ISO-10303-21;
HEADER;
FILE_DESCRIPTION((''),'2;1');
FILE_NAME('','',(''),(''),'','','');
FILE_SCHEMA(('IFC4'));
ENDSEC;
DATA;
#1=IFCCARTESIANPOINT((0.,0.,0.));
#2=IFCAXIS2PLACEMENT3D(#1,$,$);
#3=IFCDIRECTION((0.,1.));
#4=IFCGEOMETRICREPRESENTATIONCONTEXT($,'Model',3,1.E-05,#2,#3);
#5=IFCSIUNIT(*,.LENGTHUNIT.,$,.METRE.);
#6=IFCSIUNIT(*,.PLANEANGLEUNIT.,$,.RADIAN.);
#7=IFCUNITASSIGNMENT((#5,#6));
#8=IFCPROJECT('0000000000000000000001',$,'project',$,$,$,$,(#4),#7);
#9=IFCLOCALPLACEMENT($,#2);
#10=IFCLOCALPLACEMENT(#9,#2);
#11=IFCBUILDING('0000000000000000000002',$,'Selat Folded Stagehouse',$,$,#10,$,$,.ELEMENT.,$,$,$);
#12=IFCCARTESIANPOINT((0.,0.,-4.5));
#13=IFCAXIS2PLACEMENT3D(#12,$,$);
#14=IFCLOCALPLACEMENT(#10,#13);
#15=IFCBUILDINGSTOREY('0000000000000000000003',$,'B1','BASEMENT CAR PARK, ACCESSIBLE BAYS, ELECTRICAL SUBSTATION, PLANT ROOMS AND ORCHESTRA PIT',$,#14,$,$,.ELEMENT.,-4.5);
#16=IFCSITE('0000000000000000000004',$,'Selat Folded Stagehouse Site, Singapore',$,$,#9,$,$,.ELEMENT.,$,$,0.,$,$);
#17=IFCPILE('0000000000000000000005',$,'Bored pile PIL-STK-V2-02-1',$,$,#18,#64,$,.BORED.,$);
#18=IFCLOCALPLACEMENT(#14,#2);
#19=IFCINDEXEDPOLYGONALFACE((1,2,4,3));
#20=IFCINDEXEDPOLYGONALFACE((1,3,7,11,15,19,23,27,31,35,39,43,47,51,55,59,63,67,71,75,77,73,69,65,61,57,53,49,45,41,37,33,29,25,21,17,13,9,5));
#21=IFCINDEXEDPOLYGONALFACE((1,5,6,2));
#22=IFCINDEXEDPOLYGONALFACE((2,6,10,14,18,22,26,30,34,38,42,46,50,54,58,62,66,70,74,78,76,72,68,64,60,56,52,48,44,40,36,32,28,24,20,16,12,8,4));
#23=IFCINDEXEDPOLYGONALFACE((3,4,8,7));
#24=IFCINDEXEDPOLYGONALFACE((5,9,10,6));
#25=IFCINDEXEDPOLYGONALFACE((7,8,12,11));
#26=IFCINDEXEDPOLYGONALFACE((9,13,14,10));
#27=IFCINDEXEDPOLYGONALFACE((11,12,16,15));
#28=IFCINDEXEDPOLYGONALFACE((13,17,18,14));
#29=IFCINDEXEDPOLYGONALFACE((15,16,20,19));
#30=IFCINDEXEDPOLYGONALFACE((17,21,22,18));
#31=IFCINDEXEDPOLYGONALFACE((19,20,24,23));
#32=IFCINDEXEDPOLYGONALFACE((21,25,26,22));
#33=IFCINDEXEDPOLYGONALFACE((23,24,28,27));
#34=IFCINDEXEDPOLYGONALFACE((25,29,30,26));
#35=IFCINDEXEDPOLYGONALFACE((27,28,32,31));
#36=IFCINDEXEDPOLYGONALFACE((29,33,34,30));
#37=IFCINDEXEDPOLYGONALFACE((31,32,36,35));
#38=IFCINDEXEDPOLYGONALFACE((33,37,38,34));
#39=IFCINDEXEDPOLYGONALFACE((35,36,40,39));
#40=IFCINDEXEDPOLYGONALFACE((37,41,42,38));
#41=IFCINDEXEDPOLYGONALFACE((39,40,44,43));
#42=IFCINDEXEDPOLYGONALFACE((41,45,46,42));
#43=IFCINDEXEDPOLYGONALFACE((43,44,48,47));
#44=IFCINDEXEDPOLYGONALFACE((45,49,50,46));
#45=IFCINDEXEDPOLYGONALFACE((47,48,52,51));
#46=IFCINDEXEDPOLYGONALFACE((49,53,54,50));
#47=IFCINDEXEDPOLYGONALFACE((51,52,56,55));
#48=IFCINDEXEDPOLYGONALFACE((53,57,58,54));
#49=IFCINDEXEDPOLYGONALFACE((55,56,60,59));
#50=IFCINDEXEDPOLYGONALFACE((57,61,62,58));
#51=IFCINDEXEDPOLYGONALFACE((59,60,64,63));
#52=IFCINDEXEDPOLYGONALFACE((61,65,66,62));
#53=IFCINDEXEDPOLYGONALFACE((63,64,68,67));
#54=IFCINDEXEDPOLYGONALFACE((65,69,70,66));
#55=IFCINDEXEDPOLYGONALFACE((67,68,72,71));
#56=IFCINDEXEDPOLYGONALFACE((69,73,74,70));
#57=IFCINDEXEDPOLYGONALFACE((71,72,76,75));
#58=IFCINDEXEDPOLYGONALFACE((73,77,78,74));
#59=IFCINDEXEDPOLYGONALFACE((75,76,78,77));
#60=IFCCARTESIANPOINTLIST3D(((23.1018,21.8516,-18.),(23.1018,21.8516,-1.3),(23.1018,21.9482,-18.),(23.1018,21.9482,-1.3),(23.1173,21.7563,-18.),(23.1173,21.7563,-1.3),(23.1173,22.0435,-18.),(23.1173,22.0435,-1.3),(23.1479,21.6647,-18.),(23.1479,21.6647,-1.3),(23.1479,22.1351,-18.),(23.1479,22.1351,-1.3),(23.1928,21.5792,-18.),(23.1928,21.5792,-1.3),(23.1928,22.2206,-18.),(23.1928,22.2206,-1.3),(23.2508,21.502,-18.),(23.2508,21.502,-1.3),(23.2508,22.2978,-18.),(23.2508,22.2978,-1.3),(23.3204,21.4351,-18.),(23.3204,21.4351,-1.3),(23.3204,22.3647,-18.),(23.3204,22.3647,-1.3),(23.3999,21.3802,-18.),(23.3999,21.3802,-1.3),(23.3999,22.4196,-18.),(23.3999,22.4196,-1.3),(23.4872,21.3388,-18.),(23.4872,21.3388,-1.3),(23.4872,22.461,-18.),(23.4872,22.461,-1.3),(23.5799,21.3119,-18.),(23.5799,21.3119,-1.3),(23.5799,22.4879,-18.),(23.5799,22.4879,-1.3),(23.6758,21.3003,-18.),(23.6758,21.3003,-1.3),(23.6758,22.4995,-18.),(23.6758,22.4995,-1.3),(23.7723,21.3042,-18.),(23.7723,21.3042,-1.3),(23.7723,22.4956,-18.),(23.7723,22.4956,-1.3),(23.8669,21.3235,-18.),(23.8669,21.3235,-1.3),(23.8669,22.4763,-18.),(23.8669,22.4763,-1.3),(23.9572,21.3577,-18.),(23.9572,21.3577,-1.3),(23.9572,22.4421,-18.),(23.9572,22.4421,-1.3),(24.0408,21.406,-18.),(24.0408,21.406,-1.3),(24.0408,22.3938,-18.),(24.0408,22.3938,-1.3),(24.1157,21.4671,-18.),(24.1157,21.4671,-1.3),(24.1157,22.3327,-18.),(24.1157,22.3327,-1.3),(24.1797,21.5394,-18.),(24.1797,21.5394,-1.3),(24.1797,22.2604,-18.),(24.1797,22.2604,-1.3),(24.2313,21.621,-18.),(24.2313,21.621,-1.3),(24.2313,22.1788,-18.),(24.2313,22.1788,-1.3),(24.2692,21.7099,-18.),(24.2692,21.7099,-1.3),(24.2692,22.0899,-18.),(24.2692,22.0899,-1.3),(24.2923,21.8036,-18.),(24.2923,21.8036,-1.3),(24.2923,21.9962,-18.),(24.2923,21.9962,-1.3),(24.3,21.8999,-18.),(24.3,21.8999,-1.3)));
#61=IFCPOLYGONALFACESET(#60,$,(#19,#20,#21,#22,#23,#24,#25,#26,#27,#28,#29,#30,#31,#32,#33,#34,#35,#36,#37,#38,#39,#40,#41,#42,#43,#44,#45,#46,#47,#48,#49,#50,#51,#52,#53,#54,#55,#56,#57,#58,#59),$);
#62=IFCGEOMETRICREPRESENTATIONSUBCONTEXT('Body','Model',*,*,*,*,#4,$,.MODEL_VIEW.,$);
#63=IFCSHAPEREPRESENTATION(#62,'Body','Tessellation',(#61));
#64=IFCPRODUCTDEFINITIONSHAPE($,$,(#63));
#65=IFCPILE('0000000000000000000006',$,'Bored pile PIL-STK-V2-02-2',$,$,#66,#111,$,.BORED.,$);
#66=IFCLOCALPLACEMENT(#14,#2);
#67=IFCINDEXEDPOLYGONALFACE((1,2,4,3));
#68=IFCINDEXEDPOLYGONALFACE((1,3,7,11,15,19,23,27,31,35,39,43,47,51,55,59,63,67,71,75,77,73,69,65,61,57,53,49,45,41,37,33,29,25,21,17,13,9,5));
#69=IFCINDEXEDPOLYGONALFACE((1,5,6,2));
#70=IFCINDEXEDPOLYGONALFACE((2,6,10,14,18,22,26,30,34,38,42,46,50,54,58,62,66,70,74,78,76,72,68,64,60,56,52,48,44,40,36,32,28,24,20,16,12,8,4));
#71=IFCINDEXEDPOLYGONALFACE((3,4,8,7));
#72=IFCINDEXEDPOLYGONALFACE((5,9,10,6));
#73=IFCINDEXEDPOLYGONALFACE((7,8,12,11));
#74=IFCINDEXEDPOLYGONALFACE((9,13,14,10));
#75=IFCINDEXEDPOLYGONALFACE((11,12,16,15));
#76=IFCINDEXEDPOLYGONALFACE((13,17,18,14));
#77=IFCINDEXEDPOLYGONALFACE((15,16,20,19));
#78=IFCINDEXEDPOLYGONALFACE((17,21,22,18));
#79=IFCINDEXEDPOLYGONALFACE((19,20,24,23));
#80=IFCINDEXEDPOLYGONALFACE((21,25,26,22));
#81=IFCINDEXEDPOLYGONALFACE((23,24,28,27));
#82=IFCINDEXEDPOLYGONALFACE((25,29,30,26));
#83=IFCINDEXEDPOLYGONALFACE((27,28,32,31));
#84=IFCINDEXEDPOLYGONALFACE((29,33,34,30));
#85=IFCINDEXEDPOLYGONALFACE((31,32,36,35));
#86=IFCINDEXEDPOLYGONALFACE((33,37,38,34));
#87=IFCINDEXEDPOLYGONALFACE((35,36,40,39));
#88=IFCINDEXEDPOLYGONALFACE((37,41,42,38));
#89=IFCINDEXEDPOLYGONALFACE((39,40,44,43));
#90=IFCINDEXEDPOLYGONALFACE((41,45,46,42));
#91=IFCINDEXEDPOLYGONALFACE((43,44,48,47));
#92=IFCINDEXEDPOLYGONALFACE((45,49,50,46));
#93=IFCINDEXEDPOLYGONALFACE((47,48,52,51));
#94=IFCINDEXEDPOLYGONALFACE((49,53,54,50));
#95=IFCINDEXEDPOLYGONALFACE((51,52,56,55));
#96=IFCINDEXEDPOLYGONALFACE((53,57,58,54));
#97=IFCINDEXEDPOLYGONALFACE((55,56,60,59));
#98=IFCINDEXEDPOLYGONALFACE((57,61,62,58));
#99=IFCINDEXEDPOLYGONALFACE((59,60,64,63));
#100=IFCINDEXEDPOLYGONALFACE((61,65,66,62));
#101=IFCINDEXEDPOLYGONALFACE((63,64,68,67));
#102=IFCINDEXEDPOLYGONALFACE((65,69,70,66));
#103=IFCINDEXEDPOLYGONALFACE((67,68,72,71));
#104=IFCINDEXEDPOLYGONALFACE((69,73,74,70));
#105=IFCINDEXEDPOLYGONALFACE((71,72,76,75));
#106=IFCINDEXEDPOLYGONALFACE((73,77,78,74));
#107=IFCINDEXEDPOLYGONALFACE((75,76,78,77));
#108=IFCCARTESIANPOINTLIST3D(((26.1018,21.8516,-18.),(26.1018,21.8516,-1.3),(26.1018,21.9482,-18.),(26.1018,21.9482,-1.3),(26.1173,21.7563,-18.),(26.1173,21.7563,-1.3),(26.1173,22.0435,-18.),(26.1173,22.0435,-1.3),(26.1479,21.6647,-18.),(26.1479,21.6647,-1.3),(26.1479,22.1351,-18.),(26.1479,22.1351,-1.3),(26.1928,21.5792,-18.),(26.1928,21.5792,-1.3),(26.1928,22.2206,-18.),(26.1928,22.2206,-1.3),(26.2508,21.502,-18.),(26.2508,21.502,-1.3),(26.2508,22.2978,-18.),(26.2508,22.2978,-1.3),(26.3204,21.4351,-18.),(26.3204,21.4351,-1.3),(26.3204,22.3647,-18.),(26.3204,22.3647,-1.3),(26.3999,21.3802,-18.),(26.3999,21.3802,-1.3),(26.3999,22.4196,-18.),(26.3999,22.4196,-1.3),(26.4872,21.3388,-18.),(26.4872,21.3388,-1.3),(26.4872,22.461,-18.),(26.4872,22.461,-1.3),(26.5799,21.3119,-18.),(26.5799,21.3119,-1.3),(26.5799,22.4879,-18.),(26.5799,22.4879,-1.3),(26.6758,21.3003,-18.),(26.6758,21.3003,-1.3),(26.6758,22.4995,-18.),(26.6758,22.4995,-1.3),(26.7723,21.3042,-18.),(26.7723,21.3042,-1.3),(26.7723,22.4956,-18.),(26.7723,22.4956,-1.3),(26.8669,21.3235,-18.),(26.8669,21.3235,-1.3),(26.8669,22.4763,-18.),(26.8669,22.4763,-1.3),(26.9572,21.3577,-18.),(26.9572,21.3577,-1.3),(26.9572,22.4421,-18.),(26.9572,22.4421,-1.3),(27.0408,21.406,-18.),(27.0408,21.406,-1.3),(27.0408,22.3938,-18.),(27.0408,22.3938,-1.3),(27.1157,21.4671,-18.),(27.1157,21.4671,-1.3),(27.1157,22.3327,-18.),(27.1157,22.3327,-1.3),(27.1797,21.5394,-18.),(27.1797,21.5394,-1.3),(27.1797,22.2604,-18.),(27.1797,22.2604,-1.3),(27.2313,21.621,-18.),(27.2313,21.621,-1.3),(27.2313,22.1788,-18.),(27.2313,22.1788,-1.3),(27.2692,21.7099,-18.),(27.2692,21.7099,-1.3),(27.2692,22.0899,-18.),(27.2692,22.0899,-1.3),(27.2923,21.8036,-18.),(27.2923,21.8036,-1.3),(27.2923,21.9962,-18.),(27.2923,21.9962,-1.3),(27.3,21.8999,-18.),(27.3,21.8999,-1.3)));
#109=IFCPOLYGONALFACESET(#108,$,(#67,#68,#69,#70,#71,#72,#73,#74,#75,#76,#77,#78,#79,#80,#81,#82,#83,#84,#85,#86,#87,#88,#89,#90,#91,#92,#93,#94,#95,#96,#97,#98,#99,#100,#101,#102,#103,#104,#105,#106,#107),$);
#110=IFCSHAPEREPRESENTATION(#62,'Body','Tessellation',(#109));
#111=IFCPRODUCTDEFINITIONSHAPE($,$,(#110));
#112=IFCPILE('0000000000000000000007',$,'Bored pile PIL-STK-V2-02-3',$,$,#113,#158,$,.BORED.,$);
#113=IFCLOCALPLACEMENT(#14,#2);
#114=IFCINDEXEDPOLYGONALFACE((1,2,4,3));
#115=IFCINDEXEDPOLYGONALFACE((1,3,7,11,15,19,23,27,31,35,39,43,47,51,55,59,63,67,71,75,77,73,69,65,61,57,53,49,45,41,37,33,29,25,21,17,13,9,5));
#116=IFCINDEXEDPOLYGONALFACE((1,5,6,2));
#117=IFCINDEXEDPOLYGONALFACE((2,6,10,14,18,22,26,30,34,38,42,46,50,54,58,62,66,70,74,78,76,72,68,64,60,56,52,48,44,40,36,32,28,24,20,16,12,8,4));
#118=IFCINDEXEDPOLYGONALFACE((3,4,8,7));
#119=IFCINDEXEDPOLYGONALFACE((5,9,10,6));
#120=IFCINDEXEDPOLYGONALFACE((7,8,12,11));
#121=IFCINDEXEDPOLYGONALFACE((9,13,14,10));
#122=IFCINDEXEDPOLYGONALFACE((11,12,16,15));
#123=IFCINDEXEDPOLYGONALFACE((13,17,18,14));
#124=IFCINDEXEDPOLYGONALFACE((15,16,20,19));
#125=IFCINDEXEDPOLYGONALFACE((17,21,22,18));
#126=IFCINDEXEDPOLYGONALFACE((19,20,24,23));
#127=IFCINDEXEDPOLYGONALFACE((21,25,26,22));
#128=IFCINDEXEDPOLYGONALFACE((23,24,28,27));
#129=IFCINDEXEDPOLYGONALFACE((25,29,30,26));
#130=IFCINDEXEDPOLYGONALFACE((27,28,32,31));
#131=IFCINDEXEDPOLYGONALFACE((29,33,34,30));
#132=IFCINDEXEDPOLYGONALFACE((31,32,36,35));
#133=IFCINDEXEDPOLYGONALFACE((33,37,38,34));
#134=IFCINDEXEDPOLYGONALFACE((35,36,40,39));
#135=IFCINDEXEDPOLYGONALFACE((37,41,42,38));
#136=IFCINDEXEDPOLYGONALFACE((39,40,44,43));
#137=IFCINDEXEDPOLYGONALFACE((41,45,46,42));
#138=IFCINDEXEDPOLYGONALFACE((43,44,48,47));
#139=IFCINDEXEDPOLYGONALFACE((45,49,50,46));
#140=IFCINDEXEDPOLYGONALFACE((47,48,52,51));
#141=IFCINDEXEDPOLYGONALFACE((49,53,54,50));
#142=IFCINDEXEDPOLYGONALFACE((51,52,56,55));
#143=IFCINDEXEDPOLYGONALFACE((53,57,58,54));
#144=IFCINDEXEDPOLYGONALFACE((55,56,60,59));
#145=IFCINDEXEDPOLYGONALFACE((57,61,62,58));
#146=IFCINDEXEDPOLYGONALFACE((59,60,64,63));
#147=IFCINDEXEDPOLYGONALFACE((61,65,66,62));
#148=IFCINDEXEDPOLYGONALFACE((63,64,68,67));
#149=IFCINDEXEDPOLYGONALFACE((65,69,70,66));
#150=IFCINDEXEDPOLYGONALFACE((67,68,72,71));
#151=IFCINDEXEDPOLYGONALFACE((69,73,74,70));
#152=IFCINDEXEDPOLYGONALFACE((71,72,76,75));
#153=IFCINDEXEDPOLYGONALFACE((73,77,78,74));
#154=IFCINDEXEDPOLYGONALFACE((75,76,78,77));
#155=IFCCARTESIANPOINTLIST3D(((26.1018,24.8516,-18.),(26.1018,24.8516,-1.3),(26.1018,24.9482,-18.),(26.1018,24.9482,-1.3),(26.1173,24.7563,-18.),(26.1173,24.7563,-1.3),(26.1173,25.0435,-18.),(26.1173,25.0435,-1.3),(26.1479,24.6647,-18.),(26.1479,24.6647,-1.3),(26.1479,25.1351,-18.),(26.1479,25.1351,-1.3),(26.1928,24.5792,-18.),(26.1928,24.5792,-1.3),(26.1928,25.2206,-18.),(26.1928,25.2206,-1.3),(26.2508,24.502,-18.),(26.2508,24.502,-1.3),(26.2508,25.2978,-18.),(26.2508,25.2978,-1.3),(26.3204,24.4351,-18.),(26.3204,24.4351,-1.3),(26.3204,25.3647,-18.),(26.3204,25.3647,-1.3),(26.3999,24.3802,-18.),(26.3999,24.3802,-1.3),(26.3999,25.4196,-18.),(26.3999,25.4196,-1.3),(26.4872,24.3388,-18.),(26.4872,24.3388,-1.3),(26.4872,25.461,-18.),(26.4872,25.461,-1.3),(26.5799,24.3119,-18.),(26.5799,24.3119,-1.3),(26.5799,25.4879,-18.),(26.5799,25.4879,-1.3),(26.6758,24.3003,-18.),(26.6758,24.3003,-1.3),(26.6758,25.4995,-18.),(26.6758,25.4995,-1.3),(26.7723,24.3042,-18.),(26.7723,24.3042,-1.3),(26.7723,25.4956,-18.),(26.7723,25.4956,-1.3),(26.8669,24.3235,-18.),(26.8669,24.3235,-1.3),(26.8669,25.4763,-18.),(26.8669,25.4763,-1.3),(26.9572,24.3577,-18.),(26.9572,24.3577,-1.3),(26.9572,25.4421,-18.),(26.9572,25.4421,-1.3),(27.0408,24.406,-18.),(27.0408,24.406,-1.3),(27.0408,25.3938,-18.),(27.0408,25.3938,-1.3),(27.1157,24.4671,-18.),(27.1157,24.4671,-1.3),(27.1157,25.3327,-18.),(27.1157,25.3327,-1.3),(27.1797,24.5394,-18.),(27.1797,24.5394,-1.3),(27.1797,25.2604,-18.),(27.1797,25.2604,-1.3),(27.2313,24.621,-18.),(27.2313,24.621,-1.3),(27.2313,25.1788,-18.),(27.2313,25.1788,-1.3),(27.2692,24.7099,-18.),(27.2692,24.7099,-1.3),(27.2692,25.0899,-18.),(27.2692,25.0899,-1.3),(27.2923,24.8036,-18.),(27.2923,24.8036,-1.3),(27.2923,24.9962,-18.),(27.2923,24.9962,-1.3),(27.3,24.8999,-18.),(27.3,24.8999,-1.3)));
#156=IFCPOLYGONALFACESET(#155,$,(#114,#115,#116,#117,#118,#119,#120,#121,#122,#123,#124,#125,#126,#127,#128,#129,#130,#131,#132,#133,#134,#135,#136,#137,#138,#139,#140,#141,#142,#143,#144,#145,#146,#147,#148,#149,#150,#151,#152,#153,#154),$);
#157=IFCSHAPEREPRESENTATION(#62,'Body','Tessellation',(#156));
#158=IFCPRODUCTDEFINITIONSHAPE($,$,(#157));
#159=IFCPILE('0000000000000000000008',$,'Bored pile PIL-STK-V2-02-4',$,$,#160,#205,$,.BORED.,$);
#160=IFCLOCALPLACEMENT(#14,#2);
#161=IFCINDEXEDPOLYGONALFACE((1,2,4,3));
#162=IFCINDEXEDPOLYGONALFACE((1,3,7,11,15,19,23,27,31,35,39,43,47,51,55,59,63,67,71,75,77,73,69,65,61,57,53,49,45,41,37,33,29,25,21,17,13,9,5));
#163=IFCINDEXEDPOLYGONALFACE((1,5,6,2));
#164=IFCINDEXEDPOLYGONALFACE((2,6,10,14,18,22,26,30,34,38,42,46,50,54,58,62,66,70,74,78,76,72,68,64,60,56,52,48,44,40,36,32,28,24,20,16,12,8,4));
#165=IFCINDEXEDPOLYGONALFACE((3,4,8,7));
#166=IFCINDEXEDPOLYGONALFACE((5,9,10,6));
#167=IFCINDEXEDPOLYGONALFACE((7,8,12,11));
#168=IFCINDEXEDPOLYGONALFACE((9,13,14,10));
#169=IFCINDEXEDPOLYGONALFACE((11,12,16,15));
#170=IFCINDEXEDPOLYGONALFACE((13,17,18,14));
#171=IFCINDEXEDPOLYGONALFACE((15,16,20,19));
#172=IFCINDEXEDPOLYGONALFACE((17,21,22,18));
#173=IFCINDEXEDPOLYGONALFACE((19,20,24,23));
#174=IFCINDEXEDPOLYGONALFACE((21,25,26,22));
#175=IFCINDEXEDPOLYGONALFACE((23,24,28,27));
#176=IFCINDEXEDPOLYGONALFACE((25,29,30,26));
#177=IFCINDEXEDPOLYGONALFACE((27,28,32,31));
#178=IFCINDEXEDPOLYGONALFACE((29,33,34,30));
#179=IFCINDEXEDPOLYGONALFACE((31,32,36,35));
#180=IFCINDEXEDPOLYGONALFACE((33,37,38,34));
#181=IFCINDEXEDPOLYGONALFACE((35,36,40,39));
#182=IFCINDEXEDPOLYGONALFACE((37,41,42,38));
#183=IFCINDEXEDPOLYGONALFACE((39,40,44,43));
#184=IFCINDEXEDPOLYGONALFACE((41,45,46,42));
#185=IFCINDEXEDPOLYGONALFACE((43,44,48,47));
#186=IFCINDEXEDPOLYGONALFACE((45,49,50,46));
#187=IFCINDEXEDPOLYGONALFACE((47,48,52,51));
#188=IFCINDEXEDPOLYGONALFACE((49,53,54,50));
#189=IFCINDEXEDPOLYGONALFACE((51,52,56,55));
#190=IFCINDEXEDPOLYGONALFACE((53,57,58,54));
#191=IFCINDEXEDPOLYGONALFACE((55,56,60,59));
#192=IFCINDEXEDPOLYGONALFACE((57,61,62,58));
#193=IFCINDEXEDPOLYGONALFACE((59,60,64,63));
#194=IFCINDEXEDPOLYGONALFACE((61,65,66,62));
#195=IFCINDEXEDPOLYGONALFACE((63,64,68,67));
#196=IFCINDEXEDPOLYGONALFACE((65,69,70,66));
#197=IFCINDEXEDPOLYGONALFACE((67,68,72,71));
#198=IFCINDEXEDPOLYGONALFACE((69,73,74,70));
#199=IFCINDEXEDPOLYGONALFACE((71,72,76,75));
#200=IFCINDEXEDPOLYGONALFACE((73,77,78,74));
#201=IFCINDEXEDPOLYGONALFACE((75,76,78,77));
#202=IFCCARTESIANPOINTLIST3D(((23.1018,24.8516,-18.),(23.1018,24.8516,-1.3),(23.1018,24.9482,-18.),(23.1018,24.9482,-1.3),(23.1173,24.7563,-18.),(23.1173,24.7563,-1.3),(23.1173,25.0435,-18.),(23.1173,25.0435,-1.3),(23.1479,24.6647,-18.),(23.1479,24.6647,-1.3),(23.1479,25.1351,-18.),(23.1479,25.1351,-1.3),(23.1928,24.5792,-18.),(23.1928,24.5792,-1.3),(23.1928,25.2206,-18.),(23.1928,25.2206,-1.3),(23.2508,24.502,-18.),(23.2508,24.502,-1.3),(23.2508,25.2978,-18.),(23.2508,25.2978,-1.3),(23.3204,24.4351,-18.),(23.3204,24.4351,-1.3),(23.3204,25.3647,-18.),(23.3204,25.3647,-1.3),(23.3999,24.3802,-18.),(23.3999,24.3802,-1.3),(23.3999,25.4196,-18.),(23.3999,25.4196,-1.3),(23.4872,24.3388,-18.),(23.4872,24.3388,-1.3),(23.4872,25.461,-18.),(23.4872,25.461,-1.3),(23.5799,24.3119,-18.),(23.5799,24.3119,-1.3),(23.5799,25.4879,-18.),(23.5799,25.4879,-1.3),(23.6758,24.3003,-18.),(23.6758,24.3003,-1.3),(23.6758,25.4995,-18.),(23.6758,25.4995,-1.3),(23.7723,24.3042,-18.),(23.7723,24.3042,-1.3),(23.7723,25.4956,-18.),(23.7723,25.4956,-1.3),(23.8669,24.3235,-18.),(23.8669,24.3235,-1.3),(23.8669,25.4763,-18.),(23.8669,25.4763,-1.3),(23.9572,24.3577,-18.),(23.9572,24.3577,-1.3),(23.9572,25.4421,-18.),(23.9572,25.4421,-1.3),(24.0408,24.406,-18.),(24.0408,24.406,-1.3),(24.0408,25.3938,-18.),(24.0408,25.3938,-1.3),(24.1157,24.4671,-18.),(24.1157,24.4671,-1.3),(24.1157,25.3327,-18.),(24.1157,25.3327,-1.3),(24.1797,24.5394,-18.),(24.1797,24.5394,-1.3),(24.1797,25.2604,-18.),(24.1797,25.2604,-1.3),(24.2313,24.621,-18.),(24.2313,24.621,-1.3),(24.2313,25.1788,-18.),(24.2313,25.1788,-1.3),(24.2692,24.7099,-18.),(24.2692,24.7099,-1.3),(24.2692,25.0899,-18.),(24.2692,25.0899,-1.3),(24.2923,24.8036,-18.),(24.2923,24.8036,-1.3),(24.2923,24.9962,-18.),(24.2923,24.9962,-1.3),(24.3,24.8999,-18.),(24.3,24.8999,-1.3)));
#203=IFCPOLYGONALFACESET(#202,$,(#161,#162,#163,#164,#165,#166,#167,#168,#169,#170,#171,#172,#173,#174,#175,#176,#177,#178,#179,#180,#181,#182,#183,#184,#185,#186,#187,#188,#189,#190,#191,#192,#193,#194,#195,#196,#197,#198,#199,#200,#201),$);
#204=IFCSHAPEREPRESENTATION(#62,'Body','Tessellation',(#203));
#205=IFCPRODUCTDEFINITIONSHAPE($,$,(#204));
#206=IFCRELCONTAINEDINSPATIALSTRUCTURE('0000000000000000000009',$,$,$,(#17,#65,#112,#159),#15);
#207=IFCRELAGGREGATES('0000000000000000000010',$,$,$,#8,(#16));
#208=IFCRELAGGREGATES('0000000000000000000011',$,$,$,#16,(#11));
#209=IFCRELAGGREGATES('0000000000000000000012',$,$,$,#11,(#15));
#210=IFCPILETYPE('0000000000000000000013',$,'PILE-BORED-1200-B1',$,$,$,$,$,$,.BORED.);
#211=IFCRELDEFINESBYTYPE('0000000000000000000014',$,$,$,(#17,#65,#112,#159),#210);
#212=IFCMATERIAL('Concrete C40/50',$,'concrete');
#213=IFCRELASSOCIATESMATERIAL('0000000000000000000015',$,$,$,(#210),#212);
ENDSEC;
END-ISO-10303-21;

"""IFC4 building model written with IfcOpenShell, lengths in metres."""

from ifc_helpers import new_model, si_unit, direction, frame, origin, origin_2d, place, context, subcontext, project, spatial, circle, extrude, material, material_profile, profile_set, type_object, element, save


model = new_model("IFC4")

# Units and contexts
model_context = context("Model", 3, precision=1e-05, world=origin(), true_north=direction((0.0, 1.0)))
body_context = subcontext(model_context, "Body", "Model", "MODEL_VIEW")
ifc_project = project(units=[si_unit("LENGTHUNIT", "METRE"), si_unit("PLANEANGLEUNIT", "RADIAN")], contexts=[model_context])

# Site, building, storey
site_placement = place(None, origin())
site = spatial("IfcSite", under=ifc_project, at=site_placement, Name="Selat Folded Stagehouse Site, Singapore", CompositionType="ELEMENT", RefElevation=0.0)
building_placement = place(site_placement, origin())
building = spatial("IfcBuilding", under=site, at=building_placement, Name="Selat Folded Stagehouse", CompositionType="ELEMENT")
storey_placement = place(building_placement, frame((0.0, 0.0, -4.5)))
storey = spatial("IfcBuildingStorey", under=building, at=storey_placement, Name="B1", Description="BASEMENT CAR PARK, ACCESSIBLE BAYS, ELECTRICAL SUBSTATION, PLANT ROOMS AND ORCHESTRA PIT", CompositionType="ELEMENT", Elevation=-4.5)

# Shared definitions
ifc_material_1 = material(Name="Concrete C40/50", Category="concrete")

# Piles
ifc_material_profile_1 = material_profile(ifc_material_1, circle(Radius=0.6001, at=origin_2d()), Name="PILE D1200")
ifc_profile_set_1 = profile_set([ifc_material_profile_1], Name="Concrete C40/50")
pile_type = type_object("IfcPileType", Name="PILE-BORED-1200-B1", PredefinedType="BORED", material=ifc_profile_set_1)
for number, where, z_axis, x_axis, name in (
    (1, (23.7, 21.8999, -1.3), (0.0, 0.0, -1.0), (1.0, 0.0, 0.0), "Bored pile PIL-STK-V2-02-1"),
    (2, (26.7, 21.8999, -1.3), (0.0, 0.0, -1.0), (1.0, 0.0, 0.0), "Bored pile PIL-STK-V2-02-2"),
    (3, (26.7, 24.8999, -1.3), (0.0, 0.0, -1.0), (1.0, 0.0, 0.0), "Bored pile PIL-STK-V2-02-3"),
    (4, (23.7, 24.8999, -1.3), (0.0, 0.0, -1.0), (1.0, 0.0, 0.0), "Bored pile PIL-STK-V2-02-4"),
):
    element("IfcPile", number, at=place(storey_placement, frame(where, z_axis=z_axis, x_axis=x_axis)), inside=storey, type_object=pile_type, Name=name, PredefinedType="BORED", context=body_context, shape_type="SweptSolid", body=[
        extrude(circle(Radius=0.6001, at=origin_2d()), origin(), (0.0, 0.0, 1.0), 16.7),
    ])

save(model, "model.ifc")
